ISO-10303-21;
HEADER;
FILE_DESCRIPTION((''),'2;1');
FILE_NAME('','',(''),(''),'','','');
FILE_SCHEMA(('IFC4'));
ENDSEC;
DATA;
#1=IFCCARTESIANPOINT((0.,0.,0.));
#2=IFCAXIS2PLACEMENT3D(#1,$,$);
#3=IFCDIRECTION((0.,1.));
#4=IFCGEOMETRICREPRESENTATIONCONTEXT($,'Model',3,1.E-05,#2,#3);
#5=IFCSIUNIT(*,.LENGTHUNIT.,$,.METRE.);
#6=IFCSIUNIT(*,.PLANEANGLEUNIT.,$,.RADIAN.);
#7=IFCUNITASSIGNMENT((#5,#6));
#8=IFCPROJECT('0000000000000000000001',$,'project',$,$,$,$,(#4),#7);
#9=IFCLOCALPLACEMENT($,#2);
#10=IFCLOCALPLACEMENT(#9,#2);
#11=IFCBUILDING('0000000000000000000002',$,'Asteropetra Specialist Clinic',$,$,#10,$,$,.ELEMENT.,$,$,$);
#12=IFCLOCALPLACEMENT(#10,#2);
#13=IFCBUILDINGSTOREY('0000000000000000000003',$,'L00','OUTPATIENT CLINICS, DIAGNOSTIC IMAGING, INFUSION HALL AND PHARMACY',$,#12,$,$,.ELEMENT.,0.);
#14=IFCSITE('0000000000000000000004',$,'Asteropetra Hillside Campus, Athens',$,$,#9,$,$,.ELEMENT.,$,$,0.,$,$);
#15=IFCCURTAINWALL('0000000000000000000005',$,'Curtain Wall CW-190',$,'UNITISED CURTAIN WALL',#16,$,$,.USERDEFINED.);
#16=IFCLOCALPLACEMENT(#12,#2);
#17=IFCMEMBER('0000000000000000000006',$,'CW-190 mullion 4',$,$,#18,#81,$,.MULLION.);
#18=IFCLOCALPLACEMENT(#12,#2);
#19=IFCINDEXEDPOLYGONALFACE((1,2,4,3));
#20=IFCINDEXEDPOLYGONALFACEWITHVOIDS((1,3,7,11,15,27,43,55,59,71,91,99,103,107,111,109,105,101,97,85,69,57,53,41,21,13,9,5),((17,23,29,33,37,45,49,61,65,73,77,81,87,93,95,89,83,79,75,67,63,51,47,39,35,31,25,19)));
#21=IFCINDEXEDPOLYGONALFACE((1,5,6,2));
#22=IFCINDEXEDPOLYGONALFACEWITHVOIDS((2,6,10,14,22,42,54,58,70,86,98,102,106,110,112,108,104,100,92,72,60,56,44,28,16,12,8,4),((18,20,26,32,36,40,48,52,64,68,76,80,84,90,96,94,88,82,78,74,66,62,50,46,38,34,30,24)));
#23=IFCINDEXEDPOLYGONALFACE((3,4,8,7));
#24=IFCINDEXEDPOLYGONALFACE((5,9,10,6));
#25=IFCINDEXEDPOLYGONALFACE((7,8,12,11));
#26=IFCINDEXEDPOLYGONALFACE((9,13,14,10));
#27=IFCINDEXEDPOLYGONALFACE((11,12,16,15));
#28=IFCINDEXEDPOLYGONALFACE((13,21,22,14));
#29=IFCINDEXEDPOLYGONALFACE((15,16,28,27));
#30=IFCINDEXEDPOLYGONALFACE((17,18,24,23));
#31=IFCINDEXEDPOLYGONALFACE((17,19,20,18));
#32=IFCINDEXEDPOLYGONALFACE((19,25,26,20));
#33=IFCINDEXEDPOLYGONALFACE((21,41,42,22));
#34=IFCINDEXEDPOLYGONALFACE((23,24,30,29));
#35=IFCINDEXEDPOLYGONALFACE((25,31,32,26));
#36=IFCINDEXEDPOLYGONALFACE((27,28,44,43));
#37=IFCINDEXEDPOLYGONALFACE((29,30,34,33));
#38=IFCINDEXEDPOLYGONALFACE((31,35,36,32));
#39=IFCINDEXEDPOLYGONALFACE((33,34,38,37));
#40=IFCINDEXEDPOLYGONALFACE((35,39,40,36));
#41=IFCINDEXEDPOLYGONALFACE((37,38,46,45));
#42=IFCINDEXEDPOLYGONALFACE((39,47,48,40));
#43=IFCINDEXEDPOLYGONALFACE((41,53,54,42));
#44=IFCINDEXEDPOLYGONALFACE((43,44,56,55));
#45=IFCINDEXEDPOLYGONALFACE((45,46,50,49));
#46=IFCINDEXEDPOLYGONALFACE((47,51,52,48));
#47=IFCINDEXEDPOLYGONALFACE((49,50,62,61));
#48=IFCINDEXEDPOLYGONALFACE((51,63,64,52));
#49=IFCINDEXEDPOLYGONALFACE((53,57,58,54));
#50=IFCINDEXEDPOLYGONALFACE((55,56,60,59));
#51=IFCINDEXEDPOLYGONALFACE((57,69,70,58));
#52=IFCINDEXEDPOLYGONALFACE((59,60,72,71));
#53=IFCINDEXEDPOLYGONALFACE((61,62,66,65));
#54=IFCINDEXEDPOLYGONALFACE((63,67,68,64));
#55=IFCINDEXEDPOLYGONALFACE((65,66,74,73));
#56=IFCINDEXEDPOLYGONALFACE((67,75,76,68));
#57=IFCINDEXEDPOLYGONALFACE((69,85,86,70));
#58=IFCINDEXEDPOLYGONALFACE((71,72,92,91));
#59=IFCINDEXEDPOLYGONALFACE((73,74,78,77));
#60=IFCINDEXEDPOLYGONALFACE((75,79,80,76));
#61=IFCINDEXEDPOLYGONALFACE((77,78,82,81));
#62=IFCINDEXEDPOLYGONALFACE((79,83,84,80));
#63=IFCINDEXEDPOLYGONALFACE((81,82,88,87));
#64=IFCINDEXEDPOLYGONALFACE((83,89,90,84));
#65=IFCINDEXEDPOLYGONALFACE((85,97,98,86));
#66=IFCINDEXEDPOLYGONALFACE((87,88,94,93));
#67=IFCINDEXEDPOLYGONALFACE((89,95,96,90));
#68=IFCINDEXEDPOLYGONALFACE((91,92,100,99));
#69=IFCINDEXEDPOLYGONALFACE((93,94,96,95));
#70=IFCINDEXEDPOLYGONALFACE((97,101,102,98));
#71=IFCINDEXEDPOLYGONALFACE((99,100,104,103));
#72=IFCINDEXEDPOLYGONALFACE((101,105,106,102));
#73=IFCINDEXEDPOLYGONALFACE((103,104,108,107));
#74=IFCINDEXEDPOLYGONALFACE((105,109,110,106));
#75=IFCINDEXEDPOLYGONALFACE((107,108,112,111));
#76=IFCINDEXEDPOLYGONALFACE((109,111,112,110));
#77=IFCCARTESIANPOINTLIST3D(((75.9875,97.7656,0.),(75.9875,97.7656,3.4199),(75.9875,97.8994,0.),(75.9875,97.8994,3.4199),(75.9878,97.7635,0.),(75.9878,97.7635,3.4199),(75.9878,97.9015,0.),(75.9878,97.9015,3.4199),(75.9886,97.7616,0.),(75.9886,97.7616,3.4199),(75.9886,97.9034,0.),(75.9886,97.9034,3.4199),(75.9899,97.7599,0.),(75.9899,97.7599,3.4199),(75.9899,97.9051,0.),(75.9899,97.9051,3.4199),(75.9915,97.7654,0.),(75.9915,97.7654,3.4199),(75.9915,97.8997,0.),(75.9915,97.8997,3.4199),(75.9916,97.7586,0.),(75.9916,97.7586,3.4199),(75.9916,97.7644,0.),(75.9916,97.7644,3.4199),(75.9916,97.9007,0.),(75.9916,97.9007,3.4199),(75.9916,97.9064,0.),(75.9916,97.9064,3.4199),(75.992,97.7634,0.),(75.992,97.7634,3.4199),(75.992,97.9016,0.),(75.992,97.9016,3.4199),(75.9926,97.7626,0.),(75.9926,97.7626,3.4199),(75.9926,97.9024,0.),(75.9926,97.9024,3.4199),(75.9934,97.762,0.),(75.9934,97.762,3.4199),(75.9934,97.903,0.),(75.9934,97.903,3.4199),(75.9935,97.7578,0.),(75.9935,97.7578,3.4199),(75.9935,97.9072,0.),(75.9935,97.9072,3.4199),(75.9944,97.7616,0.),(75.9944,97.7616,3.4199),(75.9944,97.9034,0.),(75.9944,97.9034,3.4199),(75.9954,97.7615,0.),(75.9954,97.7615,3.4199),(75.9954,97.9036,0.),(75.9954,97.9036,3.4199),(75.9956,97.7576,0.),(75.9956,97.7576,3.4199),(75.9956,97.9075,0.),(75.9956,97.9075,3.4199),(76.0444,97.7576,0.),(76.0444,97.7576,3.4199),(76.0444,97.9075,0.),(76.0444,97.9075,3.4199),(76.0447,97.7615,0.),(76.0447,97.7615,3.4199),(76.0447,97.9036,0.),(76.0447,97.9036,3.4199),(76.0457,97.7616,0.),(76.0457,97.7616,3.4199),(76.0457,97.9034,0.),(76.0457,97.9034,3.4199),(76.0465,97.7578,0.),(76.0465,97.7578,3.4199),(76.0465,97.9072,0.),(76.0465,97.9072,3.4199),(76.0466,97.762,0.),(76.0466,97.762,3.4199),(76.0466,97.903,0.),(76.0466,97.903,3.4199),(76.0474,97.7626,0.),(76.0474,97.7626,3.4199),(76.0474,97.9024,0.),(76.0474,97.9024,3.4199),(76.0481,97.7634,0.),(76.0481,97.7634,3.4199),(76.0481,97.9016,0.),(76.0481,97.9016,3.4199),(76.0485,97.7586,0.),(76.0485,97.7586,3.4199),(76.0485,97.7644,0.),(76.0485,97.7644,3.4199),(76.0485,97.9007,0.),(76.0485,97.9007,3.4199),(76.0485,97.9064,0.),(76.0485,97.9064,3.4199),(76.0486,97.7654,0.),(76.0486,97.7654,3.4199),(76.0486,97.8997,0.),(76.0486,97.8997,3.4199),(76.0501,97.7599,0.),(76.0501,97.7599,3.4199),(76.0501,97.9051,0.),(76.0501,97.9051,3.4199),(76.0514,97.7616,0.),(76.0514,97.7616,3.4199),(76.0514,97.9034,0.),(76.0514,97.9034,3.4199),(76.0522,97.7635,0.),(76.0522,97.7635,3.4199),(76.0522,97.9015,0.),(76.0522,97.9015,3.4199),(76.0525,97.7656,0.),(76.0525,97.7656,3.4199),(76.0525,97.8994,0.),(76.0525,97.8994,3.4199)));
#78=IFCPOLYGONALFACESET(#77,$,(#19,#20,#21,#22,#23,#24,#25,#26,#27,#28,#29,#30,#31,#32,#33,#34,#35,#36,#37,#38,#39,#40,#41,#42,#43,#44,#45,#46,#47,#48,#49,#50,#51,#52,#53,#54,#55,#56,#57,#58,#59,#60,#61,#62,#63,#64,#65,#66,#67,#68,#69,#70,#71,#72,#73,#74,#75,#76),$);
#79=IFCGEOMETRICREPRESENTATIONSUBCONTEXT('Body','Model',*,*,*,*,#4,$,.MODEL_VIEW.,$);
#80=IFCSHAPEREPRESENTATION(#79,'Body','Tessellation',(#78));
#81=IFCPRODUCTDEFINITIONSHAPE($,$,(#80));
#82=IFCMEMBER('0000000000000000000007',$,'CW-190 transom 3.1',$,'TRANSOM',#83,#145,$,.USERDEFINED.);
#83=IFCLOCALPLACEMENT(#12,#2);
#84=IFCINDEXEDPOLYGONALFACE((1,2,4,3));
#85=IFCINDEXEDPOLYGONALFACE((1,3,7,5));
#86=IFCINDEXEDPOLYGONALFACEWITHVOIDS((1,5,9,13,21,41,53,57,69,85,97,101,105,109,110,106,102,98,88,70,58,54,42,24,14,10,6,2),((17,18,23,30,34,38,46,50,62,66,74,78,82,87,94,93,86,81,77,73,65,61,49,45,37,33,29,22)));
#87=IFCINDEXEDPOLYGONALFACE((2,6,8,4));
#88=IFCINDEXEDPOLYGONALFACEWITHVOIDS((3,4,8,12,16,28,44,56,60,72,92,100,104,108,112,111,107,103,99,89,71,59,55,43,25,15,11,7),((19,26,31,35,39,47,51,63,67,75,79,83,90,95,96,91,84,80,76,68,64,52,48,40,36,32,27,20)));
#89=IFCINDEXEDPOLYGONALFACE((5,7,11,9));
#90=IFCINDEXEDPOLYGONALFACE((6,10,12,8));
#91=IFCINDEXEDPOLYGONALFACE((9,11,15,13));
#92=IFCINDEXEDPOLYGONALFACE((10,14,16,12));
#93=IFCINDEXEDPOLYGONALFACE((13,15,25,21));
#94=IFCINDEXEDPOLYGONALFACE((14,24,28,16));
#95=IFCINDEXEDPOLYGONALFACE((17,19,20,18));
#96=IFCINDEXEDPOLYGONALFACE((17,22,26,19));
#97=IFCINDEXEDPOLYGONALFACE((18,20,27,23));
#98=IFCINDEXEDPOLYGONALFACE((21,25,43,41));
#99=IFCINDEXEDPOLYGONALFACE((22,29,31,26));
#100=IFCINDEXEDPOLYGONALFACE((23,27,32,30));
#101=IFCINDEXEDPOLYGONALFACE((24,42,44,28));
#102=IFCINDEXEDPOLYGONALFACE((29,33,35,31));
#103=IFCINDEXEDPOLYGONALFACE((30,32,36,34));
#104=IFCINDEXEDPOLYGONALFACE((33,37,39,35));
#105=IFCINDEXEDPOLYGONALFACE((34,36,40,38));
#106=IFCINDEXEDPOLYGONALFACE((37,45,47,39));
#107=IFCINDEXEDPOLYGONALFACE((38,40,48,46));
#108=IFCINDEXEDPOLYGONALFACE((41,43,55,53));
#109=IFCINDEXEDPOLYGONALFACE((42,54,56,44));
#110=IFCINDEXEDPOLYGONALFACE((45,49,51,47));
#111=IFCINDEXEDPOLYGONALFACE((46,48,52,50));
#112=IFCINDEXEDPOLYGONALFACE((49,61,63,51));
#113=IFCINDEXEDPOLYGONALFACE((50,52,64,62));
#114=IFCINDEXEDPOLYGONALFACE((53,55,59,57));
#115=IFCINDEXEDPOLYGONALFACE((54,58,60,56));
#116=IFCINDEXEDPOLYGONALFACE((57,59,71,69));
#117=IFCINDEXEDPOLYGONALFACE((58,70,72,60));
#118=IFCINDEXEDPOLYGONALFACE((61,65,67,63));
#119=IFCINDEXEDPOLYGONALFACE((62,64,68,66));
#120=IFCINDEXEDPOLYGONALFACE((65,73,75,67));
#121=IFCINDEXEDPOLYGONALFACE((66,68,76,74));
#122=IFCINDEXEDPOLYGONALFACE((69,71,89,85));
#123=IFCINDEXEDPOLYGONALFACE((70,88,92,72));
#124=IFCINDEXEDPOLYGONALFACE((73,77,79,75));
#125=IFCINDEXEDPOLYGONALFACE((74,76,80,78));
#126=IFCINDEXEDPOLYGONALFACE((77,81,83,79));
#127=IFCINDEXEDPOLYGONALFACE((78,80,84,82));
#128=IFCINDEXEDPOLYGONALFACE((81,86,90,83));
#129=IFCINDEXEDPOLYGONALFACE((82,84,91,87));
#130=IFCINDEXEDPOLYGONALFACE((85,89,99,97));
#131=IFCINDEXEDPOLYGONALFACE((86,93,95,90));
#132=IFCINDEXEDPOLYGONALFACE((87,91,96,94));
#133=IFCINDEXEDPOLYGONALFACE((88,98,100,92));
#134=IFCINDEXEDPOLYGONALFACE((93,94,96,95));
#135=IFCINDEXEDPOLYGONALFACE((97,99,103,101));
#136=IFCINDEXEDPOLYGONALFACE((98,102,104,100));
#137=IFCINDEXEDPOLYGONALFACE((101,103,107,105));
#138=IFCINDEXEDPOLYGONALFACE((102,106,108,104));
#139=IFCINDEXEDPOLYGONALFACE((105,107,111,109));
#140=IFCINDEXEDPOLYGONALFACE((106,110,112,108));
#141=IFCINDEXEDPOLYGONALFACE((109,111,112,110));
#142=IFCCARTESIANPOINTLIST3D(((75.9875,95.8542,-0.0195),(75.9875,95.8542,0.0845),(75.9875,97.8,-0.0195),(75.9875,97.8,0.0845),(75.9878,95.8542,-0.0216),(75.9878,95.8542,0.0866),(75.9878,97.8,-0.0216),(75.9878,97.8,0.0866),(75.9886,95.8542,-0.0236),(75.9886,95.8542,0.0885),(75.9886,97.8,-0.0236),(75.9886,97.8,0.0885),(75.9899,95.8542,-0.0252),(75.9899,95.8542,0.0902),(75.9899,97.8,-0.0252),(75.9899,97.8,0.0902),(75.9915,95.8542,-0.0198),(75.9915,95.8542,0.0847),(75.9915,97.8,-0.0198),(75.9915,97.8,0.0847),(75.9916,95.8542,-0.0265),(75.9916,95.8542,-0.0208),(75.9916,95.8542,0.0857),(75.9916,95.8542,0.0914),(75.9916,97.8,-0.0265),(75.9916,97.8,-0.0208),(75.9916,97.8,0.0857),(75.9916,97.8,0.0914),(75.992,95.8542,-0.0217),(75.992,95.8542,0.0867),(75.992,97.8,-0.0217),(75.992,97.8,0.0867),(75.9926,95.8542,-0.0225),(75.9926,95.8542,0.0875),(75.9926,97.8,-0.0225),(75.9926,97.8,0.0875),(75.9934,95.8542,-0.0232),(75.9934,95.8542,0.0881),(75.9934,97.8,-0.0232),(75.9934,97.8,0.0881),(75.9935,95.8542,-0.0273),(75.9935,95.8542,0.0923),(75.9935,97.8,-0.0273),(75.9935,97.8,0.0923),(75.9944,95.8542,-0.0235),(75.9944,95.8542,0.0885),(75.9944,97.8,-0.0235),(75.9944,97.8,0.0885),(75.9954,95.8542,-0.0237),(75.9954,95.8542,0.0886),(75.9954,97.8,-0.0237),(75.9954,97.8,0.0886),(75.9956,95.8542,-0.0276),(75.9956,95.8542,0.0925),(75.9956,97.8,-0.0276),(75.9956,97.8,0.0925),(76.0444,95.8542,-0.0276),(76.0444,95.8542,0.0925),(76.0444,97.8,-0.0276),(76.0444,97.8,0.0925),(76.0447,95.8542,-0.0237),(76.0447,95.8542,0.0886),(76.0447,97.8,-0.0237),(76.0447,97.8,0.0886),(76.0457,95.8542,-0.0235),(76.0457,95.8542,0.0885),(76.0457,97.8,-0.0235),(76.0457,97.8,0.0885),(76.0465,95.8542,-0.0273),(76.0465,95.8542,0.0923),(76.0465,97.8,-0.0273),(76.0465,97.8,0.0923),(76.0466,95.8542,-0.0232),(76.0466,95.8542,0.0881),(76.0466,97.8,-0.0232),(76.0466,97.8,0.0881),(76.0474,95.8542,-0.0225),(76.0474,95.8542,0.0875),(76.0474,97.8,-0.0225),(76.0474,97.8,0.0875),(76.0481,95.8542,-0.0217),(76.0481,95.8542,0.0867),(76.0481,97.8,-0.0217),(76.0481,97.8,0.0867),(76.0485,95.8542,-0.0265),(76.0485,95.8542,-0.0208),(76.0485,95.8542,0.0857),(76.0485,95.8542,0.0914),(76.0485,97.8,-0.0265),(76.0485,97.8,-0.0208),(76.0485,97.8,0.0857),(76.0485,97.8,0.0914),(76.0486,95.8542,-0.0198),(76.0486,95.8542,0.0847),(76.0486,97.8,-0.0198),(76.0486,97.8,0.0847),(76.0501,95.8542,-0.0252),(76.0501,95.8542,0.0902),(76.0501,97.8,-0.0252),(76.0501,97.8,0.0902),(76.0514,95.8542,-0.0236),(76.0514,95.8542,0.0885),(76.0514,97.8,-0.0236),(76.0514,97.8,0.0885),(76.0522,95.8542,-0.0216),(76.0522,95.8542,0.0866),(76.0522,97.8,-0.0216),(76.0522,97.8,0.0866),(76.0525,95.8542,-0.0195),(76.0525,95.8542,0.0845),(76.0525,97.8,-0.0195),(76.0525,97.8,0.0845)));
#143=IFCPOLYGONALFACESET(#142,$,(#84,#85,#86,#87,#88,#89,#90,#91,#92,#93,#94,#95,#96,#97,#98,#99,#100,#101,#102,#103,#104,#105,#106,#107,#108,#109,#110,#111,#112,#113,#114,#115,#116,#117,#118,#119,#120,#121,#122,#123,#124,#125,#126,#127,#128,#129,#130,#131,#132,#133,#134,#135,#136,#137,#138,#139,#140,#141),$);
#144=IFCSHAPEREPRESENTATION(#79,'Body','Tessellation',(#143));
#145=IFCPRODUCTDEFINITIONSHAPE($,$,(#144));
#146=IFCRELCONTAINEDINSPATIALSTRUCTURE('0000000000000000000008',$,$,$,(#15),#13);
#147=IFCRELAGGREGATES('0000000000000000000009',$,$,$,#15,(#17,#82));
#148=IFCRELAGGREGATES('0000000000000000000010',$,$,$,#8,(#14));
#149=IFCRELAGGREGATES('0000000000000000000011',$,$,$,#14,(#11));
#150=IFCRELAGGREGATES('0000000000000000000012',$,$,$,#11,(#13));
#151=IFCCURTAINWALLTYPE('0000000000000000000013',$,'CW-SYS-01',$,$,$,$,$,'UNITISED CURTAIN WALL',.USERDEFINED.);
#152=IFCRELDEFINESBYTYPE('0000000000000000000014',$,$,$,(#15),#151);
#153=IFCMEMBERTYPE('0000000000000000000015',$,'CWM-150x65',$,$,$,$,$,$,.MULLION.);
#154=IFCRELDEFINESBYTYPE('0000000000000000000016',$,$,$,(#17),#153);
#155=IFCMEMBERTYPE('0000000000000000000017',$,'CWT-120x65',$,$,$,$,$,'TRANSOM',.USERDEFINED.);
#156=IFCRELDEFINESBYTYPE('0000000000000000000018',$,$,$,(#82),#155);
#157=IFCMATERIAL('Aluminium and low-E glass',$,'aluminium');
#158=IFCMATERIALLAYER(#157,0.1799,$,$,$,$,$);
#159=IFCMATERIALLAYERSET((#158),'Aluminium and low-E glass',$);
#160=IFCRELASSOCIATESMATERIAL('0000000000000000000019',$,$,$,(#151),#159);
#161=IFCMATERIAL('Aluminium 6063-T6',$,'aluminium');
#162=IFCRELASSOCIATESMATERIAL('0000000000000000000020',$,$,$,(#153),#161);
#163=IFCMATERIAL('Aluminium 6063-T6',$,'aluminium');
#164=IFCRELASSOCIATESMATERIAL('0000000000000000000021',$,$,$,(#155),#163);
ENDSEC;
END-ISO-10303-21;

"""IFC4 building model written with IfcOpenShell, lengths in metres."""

from ifc_helpers import new_model, si_unit, direction, frame, origin, origin_2d, place, context, subcontext, project, spatial, hollow_rectangle, extrude, material, layer, layer_set, material_profile, profile_set, type_object, element, aggregate, save


model = new_model("IFC4")

# Units and contexts
model_context = context("Model", 3, precision=1e-05, world=origin(), true_north=direction((0.0, 1.0)))
body_context = subcontext(model_context, "Body", "Model", "MODEL_VIEW")
ifc_project = project(units=[si_unit("LENGTHUNIT", "METRE"), si_unit("PLANEANGLEUNIT", "RADIAN")], contexts=[model_context])

# Site, building, storey
site_placement = place(None, origin())
site = spatial("IfcSite", under=ifc_project, at=site_placement, Name="Asteropetra Hillside Campus, Athens", CompositionType="ELEMENT", RefElevation=0.0)
building_placement = place(site_placement, origin())
building = spatial("IfcBuilding", under=site, at=building_placement, Name="Asteropetra Specialist Clinic", CompositionType="ELEMENT")
storey_placement = place(building_placement, origin())
storey = spatial("IfcBuildingStorey", under=building, at=storey_placement, Name="L00", Description="OUTPATIENT CLINICS, DIAGNOSTIC IMAGING, INFUSION HALL AND PHARMACY", CompositionType="ELEMENT", Elevation=0.0)

# Curtain wall, members
ifc_material_1 = material(Name="Aluminium and low-E glass", Category="aluminium")
ifc_layer_1 = layer(ifc_material_1, 0.1799)
ifc_layer_set_1 = layer_set([ifc_layer_1], Name="Aluminium and low-E glass")
curtain_wall_type = type_object("IfcCurtainWallType", Name="CW-SYS-01", ElementType="UNITISED CURTAIN WALL", PredefinedType="USERDEFINED", material=ifc_layer_set_1)
curtain_wall_placement = place(storey_placement, origin())
curtain_wall = element("IfcCurtainWall", 1, at=curtain_wall_placement, inside=storey, type_object=curtain_wall_type, Name="Curtain Wall CW-190", ObjectType="UNITISED CURTAIN WALL", PredefinedType="USERDEFINED")
ifc_material_2 = material(Name="Aluminium 6063-T6", Category="aluminium")
ifc_material_profile_1 = material_profile(ifc_material_2, hollow_rectangle(XDim=0.0649, YDim=0.1499, WallThickness=0.0039, InnerFilletRadius=0.0039, OuterFilletRadius=0.0081, at=origin_2d()), Name="MUL 150x65x4.0")
ifc_profile_set_1 = profile_set([ifc_material_profile_1], Name="Aluminium 6063-T6")
member_type_1 = type_object("IfcMemberType", Name="CWM-150x65", PredefinedType="MULLION", material=ifc_profile_set_1)
member_1_placement = place(storey_placement, frame((76.02, 97.8325, 0.0), z_axis=(0.0, 0.0, 1.0), x_axis=(-1.0, 0.0, 0.0)))
member_1 = element("IfcMember", 2, at=member_1_placement, type_object=member_type_1, Name="CW-190 mullion 4", PredefinedType="MULLION", context=body_context, shape_type="SweptSolid", body=[
    extrude(hollow_rectangle(XDim=0.0649, YDim=0.1499, WallThickness=0.0039, InnerFilletRadius=0.0039, OuterFilletRadius=0.0081, at=origin_2d()), origin(), (0.0, 0.0, 1.0), 3.4199),
])
ifc_material_3 = material(Name="Aluminium 6063-T6", Category="aluminium")
ifc_material_profile_2 = material_profile(ifc_material_3, hollow_rectangle(XDim=0.0649, YDim=0.1201, WallThickness=0.0039, InnerFilletRadius=0.0039, OuterFilletRadius=0.0081, at=origin_2d()), Name="TRN 120x65x4.0")
ifc_profile_set_2 = profile_set([ifc_material_profile_2], Name="Aluminium 6063-T6")
member_type_2 = type_object("IfcMemberType", Name="CWT-120x65", ElementType="TRANSOM", PredefinedType="USERDEFINED", material=ifc_profile_set_2)
member_2_placement = place(storey_placement, frame((76.02, 95.8542, 0.0325), z_axis=(0.0, 1.0, 0.0), x_axis=(-1.0, 0.0, 0.0)))
member_2 = element("IfcMember", 3, at=member_2_placement, type_object=member_type_2, Name="CW-190 transom 3.1", ObjectType="TRANSOM", PredefinedType="USERDEFINED", context=body_context, shape_type="SweptSolid", body=[
    extrude(hollow_rectangle(XDim=0.0649, YDim=0.1201, WallThickness=0.0039, InnerFilletRadius=0.0039, OuterFilletRadius=0.0081, at=origin_2d()), origin(), (0.0, 0.0, 1.0), 1.9458),
])
aggregate(curtain_wall, [member_1, member_2])

save(model, "model.ifc")
